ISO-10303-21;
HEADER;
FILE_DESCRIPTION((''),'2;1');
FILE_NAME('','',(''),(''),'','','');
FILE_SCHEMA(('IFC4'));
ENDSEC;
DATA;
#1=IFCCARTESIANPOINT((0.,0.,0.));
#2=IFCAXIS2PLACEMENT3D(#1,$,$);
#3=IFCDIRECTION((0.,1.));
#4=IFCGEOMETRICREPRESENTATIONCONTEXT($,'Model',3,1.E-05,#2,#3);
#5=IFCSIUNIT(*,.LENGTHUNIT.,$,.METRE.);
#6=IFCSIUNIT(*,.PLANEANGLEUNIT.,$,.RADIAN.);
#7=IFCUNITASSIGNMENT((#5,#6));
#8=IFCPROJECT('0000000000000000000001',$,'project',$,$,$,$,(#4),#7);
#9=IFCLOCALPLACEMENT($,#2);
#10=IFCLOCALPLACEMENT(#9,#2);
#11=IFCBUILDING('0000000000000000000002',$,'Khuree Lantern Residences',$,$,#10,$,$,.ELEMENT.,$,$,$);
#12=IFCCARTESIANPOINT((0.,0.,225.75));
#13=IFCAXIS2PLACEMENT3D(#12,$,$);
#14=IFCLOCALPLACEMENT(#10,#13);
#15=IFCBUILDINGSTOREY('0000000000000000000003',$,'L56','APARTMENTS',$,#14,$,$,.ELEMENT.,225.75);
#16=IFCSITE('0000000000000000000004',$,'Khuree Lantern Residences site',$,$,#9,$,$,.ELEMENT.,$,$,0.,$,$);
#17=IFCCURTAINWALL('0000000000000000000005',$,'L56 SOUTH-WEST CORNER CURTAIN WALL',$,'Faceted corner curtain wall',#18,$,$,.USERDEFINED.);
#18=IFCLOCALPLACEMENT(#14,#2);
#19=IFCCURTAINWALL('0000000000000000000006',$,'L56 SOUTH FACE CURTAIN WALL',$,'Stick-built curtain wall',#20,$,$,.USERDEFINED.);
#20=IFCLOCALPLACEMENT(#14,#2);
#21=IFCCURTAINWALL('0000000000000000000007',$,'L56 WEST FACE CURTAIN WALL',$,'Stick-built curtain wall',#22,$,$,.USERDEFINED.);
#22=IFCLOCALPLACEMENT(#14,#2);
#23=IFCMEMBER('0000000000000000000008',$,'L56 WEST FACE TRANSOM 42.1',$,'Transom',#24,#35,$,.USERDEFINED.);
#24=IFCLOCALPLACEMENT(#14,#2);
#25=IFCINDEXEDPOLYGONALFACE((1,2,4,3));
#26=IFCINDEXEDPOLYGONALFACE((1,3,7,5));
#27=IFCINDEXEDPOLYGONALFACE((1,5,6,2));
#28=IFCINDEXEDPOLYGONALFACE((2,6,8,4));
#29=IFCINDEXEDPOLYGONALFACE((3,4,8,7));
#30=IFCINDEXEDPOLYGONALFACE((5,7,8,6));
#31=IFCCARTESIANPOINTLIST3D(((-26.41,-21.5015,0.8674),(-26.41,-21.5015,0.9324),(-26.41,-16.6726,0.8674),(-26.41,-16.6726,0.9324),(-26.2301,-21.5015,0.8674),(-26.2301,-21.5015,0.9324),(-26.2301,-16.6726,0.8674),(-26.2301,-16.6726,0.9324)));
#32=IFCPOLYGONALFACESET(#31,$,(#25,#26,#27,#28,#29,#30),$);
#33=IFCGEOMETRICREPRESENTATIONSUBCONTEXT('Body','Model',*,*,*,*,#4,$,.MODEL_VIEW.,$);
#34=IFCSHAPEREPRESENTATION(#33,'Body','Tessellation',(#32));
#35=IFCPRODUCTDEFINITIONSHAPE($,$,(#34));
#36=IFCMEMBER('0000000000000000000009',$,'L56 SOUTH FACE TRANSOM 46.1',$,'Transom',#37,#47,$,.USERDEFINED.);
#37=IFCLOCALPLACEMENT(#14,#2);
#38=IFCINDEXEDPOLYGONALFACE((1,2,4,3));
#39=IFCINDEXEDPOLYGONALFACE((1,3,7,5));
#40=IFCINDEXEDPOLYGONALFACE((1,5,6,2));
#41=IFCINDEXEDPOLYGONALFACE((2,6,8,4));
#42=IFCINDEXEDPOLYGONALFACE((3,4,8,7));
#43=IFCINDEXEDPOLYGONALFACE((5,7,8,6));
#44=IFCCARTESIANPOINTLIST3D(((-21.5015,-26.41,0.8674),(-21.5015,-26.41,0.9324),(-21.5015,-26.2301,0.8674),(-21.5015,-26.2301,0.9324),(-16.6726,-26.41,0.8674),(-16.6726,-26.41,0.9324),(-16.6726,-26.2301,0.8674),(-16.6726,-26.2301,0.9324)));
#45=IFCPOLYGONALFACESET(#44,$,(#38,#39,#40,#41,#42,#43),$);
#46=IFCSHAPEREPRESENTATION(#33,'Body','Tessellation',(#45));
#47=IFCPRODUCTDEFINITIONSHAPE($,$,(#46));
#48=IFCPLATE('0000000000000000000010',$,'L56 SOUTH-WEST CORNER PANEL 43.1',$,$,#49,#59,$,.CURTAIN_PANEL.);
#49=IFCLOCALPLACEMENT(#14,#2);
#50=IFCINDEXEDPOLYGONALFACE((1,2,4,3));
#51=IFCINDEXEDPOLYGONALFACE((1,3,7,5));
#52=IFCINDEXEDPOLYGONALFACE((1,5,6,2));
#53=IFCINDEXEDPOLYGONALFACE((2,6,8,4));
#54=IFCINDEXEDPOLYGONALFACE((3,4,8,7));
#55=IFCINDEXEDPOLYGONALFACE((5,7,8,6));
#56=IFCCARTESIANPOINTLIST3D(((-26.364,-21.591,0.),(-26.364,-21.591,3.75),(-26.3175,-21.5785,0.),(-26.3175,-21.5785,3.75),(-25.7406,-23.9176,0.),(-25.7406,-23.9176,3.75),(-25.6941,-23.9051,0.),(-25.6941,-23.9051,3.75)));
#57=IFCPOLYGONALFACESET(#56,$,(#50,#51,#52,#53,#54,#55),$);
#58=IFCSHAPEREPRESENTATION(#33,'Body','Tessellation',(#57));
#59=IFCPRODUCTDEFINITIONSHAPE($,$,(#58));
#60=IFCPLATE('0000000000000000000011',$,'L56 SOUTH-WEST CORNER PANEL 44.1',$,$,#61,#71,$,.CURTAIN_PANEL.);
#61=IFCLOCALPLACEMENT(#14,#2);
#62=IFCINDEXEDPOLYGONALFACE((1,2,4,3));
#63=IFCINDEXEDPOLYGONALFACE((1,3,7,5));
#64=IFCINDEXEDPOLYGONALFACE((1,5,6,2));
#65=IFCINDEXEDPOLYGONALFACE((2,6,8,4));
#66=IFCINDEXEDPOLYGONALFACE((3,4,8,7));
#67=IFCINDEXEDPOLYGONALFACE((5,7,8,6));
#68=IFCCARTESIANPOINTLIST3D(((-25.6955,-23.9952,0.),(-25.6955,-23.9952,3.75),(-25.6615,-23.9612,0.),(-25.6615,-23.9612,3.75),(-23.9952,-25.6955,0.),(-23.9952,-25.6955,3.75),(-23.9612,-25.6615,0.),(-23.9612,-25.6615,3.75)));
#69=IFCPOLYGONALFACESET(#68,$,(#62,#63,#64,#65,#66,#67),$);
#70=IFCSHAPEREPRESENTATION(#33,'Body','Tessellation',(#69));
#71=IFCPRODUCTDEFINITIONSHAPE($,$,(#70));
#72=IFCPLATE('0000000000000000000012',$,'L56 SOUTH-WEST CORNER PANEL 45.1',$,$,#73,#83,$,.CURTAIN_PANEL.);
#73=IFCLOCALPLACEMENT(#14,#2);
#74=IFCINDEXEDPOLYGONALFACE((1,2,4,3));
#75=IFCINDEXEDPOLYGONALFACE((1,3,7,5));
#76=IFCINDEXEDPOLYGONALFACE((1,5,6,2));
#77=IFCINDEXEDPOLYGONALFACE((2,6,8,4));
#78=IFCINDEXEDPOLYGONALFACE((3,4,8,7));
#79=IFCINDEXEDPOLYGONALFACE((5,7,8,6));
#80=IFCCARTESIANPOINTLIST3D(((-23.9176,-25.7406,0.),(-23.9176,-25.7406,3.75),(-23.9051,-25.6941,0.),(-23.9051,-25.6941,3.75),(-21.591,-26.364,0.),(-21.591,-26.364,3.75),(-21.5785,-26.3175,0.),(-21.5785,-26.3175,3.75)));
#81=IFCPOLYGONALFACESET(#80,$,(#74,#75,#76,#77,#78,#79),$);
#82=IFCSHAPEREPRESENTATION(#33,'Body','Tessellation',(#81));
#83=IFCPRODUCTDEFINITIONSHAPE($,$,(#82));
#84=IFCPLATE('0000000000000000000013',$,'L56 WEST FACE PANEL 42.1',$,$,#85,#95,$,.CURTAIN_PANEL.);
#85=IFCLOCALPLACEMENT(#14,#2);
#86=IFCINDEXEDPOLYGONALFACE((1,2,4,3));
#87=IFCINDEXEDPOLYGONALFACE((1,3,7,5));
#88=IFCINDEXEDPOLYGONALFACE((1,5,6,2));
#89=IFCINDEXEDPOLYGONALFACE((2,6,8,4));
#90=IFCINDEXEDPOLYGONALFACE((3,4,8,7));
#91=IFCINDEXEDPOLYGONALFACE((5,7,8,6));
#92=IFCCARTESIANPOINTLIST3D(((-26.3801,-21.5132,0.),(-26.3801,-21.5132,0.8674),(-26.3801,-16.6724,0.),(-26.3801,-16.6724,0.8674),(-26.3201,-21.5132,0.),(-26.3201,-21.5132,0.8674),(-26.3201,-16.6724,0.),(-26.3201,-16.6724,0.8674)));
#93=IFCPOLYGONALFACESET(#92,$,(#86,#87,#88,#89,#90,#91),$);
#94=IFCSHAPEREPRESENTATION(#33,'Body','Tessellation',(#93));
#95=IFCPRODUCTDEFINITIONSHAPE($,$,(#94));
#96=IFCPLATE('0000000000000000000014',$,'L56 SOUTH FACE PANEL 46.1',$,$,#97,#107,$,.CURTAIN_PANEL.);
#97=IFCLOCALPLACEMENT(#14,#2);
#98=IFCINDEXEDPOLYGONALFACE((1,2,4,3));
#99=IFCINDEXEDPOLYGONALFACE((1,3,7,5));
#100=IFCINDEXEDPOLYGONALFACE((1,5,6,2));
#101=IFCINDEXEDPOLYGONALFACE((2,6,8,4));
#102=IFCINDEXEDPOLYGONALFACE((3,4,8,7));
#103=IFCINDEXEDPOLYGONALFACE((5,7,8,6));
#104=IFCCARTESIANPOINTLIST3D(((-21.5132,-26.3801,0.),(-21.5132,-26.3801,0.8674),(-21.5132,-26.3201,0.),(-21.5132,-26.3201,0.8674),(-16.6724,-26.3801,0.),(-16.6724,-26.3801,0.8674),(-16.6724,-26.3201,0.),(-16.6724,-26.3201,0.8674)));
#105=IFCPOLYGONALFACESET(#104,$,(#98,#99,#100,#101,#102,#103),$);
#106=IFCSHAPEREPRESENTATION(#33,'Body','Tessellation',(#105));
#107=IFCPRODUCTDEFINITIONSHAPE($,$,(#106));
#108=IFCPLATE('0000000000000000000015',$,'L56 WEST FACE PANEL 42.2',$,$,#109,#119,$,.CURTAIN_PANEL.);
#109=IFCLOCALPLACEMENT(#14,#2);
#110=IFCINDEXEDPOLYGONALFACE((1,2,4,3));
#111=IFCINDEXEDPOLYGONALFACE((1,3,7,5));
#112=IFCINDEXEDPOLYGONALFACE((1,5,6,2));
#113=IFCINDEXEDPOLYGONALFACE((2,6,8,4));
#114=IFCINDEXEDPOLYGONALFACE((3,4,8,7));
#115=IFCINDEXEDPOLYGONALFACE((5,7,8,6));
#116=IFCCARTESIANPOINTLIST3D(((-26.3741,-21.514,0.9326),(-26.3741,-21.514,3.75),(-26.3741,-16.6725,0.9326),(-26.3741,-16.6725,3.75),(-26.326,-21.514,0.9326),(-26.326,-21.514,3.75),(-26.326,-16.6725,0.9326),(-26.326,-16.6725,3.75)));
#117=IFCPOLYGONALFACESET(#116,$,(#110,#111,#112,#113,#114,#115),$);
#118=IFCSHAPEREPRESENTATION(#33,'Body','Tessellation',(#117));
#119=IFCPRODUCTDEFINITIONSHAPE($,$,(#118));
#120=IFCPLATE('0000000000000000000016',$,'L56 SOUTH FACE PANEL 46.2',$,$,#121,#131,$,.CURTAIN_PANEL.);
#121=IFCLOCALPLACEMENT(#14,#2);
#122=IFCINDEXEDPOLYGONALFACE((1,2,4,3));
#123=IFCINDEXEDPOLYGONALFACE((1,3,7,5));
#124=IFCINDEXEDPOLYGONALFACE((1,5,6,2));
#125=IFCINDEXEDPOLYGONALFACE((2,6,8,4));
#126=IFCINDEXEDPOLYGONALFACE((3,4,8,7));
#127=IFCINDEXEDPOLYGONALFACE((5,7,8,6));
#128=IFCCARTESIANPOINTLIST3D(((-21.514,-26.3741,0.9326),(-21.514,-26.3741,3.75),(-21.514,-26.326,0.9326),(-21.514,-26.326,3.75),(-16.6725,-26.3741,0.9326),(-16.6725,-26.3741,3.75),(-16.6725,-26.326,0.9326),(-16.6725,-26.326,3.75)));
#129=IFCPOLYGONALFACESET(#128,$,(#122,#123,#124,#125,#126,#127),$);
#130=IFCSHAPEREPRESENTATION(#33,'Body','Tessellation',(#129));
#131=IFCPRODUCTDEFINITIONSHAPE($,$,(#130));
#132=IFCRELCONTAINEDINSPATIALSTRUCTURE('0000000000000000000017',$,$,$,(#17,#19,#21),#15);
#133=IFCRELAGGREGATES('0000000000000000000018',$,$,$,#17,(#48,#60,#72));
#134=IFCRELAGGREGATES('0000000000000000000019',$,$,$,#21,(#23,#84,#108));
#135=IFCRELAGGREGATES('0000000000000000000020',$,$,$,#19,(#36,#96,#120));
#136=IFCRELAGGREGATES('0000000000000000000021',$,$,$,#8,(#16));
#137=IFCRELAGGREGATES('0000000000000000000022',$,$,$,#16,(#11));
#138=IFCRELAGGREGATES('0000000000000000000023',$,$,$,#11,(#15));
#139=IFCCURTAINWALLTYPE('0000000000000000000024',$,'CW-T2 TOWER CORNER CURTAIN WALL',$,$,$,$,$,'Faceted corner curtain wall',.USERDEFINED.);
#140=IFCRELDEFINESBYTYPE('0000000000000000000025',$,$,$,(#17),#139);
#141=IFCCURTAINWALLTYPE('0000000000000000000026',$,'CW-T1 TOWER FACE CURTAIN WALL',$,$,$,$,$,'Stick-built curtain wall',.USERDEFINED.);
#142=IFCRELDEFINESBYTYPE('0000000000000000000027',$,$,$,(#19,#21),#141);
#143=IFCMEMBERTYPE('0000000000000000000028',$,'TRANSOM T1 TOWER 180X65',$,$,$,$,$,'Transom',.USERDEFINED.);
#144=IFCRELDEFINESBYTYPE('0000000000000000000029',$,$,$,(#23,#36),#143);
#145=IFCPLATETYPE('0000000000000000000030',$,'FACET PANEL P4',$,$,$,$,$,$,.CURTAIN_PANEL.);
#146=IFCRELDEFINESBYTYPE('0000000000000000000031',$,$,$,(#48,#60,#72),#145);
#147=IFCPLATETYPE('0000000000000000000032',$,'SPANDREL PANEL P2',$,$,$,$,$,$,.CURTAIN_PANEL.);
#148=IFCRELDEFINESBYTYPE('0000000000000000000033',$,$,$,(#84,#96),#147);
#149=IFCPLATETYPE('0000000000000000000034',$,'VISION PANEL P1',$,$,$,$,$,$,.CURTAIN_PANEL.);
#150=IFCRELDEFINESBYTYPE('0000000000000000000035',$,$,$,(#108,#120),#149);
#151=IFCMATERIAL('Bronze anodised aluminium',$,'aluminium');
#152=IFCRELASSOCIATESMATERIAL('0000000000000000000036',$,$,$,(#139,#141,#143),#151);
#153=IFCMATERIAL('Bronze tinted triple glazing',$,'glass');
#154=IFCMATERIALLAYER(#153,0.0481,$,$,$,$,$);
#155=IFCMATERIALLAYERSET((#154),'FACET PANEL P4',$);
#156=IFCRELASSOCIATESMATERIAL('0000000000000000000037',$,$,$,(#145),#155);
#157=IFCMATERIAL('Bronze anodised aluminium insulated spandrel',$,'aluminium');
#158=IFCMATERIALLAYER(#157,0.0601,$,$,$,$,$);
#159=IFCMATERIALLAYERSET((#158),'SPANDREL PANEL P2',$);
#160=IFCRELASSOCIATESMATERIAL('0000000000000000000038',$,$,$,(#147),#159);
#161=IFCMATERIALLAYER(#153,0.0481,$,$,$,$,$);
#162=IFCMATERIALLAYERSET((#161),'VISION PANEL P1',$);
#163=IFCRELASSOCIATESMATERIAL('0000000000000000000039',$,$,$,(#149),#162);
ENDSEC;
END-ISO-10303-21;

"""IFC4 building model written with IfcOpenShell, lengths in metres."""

from ifc_helpers import new_model, si_unit, direction, frame, origin, origin_2d, place, context, subcontext, project, spatial, rectangle, extrude, material, layer, layer_set, material_profile, profile_set, type_object, element, aggregate, save


model = new_model("IFC4")

# Units and contexts
model_context = context("Model", 3, precision=1e-05, world=origin(), true_north=direction((0.0, 1.0)))
body_context = subcontext(model_context, "Body", "Model", "MODEL_VIEW")
ifc_project = project(units=[si_unit("LENGTHUNIT", "METRE"), si_unit("PLANEANGLEUNIT", "RADIAN")], contexts=[model_context])

# Site, building, storey
site_placement = place(None, origin())
site = spatial("IfcSite", under=ifc_project, at=site_placement, Name="Khuree Lantern Residences site", CompositionType="ELEMENT", RefElevation=0.0)
building_placement = place(site_placement, origin())
building = spatial("IfcBuilding", under=site, at=building_placement, Name="Khuree Lantern Residences", CompositionType="ELEMENT")
storey_placement = place(building_placement, frame((0.0, 0.0, 225.75)))
storey = spatial("IfcBuildingStorey", under=building, at=storey_placement, Name="L56", Description="APARTMENTS", CompositionType="ELEMENT", Elevation=225.75)

# Curtain walls
ifc_material_1 = material(Name="Bronze anodised aluminium", Category="aluminium")
curtain_wall_type_1 = type_object("IfcCurtainWallType", Name="CW-T2 TOWER CORNER CURTAIN WALL", ElementType="Faceted corner curtain wall", PredefinedType="USERDEFINED", material=ifc_material_1)
curtain_wall_1_placement = place(storey_placement, origin())
curtain_wall_1 = element("IfcCurtainWall", 1, at=curtain_wall_1_placement, inside=storey, type_object=curtain_wall_type_1, Name="L56 SOUTH-WEST CORNER CURTAIN WALL", ObjectType="Faceted corner curtain wall", PredefinedType="USERDEFINED")
curtain_wall_type_2 = type_object("IfcCurtainWallType", Name="CW-T1 TOWER FACE CURTAIN WALL", ElementType="Stick-built curtain wall", PredefinedType="USERDEFINED", material=ifc_material_1)
curtain_wall_2_placement = place(storey_placement, origin())
curtain_wall_2 = element("IfcCurtainWall", 2, at=curtain_wall_2_placement, inside=storey, type_object=curtain_wall_type_2, Name="L56 SOUTH FACE CURTAIN WALL", ObjectType="Stick-built curtain wall", PredefinedType="USERDEFINED")

# Curtain wall, member
curtain_wall_3_placement = place(storey_placement, origin())
curtain_wall_3 = element("IfcCurtainWall", 3, at=curtain_wall_3_placement, inside=storey, type_object=curtain_wall_type_2, Name="L56 WEST FACE CURTAIN WALL", ObjectType="Stick-built curtain wall", PredefinedType="USERDEFINED")
ifc_material_profile_1 = material_profile(ifc_material_1, rectangle(XDim=0.1799, YDim=0.0649, at=origin_2d()), Name="T1 180X65")
ifc_profile_set_1 = profile_set([ifc_material_profile_1], Name="Bronze anodised aluminium")
member_type_1 = type_object("IfcMemberType", Name="TRANSOM T1 TOWER 180X65", ElementType="Transom", PredefinedType="USERDEFINED", material=ifc_profile_set_1)
member_1_placement = place(storey_placement, frame((-26.3201, -16.6726, 0.8999), z_axis=(0.0, -1.0, 0.0), x_axis=(1.0, 0.0, 0.0)))
member_1 = element("IfcMember", 4, at=member_1_placement, type_object=member_type_1, Name="L56 WEST FACE TRANSOM 42.1", ObjectType="Transom", PredefinedType="USERDEFINED", context=body_context, shape_type="SweptSolid", body=[
    extrude(rectangle(XDim=0.1799, YDim=0.0649, at=origin_2d()), origin(), (0.0, 0.0, 1.0), 4.8289),
])

# Member
member_2_placement = place(storey_placement, frame((-21.5015, -26.3201, 0.8999), z_axis=(1.0, 0.0, 0.0), x_axis=(0.0, 1.0, 0.0)))
member_2 = element("IfcMember", 5, at=member_2_placement, type_object=member_type_1, Name="L56 SOUTH FACE TRANSOM 46.1", ObjectType="Transom", PredefinedType="USERDEFINED", context=body_context, shape_type="SweptSolid", body=[
    extrude(rectangle(XDim=0.1799, YDim=0.0649, at=origin_2d()), origin(), (0.0, 0.0, 1.0), 4.8289),
])

# Plates
ifc_material_2 = material(Name="Bronze tinted triple glazing", Category="glass")
ifc_layer_1 = layer(ifc_material_2, 0.0481)
ifc_layer_set_1 = layer_set([ifc_layer_1], Name="FACET PANEL P4")
plate_type_1 = type_object("IfcPlateType", Name="FACET PANEL P4", PredefinedType="CURTAIN_PANEL", material=ifc_layer_set_1)
plate_1_placement = place(storey_placement, frame((-26.0291, -22.748, 0.0), z_axis=(0.0, 0.0, 1.0), x_axis=(0.258819, -0.965926, 0.0)))
plate_1 = element("IfcPlate", 6, at=plate_1_placement, type_object=plate_type_1, Name="L56 SOUTH-WEST CORNER PANEL 43.1", PredefinedType="CURTAIN_PANEL", context=body_context, shape_type="SweptSolid", body=[
    extrude(rectangle(XDim=2.4087, YDim=0.0481, at=origin_2d()), origin(), (0.0, 0.0, 1.0), 3.75),
])
plate_2_placement = place(storey_placement, frame((-24.8284, -24.8284, 0.0), z_axis=(0.0, 0.0, 1.0), x_axis=(0.707107, -0.707107, 0.0)))
plate_2 = element("IfcPlate", 7, at=plate_2_placement, type_object=plate_type_1, Name="L56 SOUTH-WEST CORNER PANEL 44.1", PredefinedType="CURTAIN_PANEL", context=body_context, shape_type="SweptSolid", body=[
    extrude(rectangle(XDim=2.4045, YDim=0.0481, at=origin_2d()), origin(), (0.0, 0.0, 1.0), 3.75),
])
plate_3_placement = place(storey_placement, frame((-22.748, -26.0291, 0.0), z_axis=(0.0, 0.0, 1.0), x_axis=(0.965926, -0.258819, 0.0)))
plate_3 = element("IfcPlate", 8, at=plate_3_placement, type_object=plate_type_1, Name="L56 SOUTH-WEST CORNER PANEL 45.1", PredefinedType="CURTAIN_PANEL", context=body_context, shape_type="SweptSolid", body=[
    extrude(rectangle(XDim=2.4087, YDim=0.0481, at=origin_2d()), origin(), (0.0, 0.0, 1.0), 3.75),
])
aggregate(curtain_wall_1, [plate_1, plate_2, plate_3])
ifc_material_3 = material(Name="Bronze anodised aluminium insulated spandrel", Category="aluminium")
ifc_layer_2 = layer(ifc_material_3, 0.0601)
ifc_layer_set_2 = layer_set([ifc_layer_2], Name="SPANDREL PANEL P2")
plate_type_2 = type_object("IfcPlateType", Name="SPANDREL PANEL P2", PredefinedType="CURTAIN_PANEL", material=ifc_layer_set_2)
plate_4_placement = place(storey_placement, frame((-26.3501, -19.0928, 0.0), z_axis=(0.0, 0.0, 1.0), x_axis=(0.0, -1.0, 0.0)))
plate_4 = element("IfcPlate", 9, at=plate_4_placement, type_object=plate_type_2, Name="L56 WEST FACE PANEL 42.1", PredefinedType="CURTAIN_PANEL", context=body_context, shape_type="SweptSolid", body=[
    extrude(rectangle(XDim=4.8408, YDim=0.0601, at=origin_2d()), origin(), (0.0, 0.0, 1.0), 0.8674),
])
plate_5_placement = place(storey_placement, frame((-19.0928, -26.3501, 0.0), z_axis=(0.0, 0.0, 1.0), x_axis=(1.0, 0.0, 0.0)))
plate_5 = element("IfcPlate", 10, at=plate_5_placement, type_object=plate_type_2, Name="L56 SOUTH FACE PANEL 46.1", PredefinedType="CURTAIN_PANEL", context=body_context, shape_type="SweptSolid", body=[
    extrude(rectangle(XDim=4.8408, YDim=0.0601, at=origin_2d()), origin(), (0.0, 0.0, 1.0), 0.8674),
])
ifc_layer_3 = layer(ifc_material_2, 0.0481)
ifc_layer_set_3 = layer_set([ifc_layer_3], Name="VISION PANEL P1")
plate_type_3 = type_object("IfcPlateType", Name="VISION PANEL P1", PredefinedType="CURTAIN_PANEL", material=ifc_layer_set_3)
plate_6_placement = place(storey_placement, frame((-26.3501, -19.0933, 0.9326), z_axis=(0.0, 0.0, 1.0), x_axis=(0.0, -1.0, 0.0)))
plate_6 = element("IfcPlate", 11, at=plate_6_placement, type_object=plate_type_3, Name="L56 WEST FACE PANEL 42.2", PredefinedType="CURTAIN_PANEL", context=body_context, shape_type="SweptSolid", body=[
    extrude(rectangle(XDim=4.8416, YDim=0.0481, at=origin_2d()), origin(), (0.0, 0.0, 1.0), 2.8174),
])
aggregate(curtain_wall_3, [member_1, plate_4, plate_6])
plate_7_placement = place(storey_placement, frame((-19.0933, -26.3501, 0.9326), z_axis=(0.0, 0.0, 1.0), x_axis=(1.0, 0.0, 0.0)))
plate_7 = element("IfcPlate", 12, at=plate_7_placement, type_object=plate_type_3, Name="L56 SOUTH FACE PANEL 46.2", PredefinedType="CURTAIN_PANEL", context=body_context, shape_type="SweptSolid", body=[
    extrude(rectangle(XDim=4.8416, YDim=0.0481, at=origin_2d()), origin(), (0.0, 0.0, 1.0), 2.8174),
])
aggregate(curtain_wall_2, [member_2, plate_5, plate_7])

save(model, "model.ifc")
